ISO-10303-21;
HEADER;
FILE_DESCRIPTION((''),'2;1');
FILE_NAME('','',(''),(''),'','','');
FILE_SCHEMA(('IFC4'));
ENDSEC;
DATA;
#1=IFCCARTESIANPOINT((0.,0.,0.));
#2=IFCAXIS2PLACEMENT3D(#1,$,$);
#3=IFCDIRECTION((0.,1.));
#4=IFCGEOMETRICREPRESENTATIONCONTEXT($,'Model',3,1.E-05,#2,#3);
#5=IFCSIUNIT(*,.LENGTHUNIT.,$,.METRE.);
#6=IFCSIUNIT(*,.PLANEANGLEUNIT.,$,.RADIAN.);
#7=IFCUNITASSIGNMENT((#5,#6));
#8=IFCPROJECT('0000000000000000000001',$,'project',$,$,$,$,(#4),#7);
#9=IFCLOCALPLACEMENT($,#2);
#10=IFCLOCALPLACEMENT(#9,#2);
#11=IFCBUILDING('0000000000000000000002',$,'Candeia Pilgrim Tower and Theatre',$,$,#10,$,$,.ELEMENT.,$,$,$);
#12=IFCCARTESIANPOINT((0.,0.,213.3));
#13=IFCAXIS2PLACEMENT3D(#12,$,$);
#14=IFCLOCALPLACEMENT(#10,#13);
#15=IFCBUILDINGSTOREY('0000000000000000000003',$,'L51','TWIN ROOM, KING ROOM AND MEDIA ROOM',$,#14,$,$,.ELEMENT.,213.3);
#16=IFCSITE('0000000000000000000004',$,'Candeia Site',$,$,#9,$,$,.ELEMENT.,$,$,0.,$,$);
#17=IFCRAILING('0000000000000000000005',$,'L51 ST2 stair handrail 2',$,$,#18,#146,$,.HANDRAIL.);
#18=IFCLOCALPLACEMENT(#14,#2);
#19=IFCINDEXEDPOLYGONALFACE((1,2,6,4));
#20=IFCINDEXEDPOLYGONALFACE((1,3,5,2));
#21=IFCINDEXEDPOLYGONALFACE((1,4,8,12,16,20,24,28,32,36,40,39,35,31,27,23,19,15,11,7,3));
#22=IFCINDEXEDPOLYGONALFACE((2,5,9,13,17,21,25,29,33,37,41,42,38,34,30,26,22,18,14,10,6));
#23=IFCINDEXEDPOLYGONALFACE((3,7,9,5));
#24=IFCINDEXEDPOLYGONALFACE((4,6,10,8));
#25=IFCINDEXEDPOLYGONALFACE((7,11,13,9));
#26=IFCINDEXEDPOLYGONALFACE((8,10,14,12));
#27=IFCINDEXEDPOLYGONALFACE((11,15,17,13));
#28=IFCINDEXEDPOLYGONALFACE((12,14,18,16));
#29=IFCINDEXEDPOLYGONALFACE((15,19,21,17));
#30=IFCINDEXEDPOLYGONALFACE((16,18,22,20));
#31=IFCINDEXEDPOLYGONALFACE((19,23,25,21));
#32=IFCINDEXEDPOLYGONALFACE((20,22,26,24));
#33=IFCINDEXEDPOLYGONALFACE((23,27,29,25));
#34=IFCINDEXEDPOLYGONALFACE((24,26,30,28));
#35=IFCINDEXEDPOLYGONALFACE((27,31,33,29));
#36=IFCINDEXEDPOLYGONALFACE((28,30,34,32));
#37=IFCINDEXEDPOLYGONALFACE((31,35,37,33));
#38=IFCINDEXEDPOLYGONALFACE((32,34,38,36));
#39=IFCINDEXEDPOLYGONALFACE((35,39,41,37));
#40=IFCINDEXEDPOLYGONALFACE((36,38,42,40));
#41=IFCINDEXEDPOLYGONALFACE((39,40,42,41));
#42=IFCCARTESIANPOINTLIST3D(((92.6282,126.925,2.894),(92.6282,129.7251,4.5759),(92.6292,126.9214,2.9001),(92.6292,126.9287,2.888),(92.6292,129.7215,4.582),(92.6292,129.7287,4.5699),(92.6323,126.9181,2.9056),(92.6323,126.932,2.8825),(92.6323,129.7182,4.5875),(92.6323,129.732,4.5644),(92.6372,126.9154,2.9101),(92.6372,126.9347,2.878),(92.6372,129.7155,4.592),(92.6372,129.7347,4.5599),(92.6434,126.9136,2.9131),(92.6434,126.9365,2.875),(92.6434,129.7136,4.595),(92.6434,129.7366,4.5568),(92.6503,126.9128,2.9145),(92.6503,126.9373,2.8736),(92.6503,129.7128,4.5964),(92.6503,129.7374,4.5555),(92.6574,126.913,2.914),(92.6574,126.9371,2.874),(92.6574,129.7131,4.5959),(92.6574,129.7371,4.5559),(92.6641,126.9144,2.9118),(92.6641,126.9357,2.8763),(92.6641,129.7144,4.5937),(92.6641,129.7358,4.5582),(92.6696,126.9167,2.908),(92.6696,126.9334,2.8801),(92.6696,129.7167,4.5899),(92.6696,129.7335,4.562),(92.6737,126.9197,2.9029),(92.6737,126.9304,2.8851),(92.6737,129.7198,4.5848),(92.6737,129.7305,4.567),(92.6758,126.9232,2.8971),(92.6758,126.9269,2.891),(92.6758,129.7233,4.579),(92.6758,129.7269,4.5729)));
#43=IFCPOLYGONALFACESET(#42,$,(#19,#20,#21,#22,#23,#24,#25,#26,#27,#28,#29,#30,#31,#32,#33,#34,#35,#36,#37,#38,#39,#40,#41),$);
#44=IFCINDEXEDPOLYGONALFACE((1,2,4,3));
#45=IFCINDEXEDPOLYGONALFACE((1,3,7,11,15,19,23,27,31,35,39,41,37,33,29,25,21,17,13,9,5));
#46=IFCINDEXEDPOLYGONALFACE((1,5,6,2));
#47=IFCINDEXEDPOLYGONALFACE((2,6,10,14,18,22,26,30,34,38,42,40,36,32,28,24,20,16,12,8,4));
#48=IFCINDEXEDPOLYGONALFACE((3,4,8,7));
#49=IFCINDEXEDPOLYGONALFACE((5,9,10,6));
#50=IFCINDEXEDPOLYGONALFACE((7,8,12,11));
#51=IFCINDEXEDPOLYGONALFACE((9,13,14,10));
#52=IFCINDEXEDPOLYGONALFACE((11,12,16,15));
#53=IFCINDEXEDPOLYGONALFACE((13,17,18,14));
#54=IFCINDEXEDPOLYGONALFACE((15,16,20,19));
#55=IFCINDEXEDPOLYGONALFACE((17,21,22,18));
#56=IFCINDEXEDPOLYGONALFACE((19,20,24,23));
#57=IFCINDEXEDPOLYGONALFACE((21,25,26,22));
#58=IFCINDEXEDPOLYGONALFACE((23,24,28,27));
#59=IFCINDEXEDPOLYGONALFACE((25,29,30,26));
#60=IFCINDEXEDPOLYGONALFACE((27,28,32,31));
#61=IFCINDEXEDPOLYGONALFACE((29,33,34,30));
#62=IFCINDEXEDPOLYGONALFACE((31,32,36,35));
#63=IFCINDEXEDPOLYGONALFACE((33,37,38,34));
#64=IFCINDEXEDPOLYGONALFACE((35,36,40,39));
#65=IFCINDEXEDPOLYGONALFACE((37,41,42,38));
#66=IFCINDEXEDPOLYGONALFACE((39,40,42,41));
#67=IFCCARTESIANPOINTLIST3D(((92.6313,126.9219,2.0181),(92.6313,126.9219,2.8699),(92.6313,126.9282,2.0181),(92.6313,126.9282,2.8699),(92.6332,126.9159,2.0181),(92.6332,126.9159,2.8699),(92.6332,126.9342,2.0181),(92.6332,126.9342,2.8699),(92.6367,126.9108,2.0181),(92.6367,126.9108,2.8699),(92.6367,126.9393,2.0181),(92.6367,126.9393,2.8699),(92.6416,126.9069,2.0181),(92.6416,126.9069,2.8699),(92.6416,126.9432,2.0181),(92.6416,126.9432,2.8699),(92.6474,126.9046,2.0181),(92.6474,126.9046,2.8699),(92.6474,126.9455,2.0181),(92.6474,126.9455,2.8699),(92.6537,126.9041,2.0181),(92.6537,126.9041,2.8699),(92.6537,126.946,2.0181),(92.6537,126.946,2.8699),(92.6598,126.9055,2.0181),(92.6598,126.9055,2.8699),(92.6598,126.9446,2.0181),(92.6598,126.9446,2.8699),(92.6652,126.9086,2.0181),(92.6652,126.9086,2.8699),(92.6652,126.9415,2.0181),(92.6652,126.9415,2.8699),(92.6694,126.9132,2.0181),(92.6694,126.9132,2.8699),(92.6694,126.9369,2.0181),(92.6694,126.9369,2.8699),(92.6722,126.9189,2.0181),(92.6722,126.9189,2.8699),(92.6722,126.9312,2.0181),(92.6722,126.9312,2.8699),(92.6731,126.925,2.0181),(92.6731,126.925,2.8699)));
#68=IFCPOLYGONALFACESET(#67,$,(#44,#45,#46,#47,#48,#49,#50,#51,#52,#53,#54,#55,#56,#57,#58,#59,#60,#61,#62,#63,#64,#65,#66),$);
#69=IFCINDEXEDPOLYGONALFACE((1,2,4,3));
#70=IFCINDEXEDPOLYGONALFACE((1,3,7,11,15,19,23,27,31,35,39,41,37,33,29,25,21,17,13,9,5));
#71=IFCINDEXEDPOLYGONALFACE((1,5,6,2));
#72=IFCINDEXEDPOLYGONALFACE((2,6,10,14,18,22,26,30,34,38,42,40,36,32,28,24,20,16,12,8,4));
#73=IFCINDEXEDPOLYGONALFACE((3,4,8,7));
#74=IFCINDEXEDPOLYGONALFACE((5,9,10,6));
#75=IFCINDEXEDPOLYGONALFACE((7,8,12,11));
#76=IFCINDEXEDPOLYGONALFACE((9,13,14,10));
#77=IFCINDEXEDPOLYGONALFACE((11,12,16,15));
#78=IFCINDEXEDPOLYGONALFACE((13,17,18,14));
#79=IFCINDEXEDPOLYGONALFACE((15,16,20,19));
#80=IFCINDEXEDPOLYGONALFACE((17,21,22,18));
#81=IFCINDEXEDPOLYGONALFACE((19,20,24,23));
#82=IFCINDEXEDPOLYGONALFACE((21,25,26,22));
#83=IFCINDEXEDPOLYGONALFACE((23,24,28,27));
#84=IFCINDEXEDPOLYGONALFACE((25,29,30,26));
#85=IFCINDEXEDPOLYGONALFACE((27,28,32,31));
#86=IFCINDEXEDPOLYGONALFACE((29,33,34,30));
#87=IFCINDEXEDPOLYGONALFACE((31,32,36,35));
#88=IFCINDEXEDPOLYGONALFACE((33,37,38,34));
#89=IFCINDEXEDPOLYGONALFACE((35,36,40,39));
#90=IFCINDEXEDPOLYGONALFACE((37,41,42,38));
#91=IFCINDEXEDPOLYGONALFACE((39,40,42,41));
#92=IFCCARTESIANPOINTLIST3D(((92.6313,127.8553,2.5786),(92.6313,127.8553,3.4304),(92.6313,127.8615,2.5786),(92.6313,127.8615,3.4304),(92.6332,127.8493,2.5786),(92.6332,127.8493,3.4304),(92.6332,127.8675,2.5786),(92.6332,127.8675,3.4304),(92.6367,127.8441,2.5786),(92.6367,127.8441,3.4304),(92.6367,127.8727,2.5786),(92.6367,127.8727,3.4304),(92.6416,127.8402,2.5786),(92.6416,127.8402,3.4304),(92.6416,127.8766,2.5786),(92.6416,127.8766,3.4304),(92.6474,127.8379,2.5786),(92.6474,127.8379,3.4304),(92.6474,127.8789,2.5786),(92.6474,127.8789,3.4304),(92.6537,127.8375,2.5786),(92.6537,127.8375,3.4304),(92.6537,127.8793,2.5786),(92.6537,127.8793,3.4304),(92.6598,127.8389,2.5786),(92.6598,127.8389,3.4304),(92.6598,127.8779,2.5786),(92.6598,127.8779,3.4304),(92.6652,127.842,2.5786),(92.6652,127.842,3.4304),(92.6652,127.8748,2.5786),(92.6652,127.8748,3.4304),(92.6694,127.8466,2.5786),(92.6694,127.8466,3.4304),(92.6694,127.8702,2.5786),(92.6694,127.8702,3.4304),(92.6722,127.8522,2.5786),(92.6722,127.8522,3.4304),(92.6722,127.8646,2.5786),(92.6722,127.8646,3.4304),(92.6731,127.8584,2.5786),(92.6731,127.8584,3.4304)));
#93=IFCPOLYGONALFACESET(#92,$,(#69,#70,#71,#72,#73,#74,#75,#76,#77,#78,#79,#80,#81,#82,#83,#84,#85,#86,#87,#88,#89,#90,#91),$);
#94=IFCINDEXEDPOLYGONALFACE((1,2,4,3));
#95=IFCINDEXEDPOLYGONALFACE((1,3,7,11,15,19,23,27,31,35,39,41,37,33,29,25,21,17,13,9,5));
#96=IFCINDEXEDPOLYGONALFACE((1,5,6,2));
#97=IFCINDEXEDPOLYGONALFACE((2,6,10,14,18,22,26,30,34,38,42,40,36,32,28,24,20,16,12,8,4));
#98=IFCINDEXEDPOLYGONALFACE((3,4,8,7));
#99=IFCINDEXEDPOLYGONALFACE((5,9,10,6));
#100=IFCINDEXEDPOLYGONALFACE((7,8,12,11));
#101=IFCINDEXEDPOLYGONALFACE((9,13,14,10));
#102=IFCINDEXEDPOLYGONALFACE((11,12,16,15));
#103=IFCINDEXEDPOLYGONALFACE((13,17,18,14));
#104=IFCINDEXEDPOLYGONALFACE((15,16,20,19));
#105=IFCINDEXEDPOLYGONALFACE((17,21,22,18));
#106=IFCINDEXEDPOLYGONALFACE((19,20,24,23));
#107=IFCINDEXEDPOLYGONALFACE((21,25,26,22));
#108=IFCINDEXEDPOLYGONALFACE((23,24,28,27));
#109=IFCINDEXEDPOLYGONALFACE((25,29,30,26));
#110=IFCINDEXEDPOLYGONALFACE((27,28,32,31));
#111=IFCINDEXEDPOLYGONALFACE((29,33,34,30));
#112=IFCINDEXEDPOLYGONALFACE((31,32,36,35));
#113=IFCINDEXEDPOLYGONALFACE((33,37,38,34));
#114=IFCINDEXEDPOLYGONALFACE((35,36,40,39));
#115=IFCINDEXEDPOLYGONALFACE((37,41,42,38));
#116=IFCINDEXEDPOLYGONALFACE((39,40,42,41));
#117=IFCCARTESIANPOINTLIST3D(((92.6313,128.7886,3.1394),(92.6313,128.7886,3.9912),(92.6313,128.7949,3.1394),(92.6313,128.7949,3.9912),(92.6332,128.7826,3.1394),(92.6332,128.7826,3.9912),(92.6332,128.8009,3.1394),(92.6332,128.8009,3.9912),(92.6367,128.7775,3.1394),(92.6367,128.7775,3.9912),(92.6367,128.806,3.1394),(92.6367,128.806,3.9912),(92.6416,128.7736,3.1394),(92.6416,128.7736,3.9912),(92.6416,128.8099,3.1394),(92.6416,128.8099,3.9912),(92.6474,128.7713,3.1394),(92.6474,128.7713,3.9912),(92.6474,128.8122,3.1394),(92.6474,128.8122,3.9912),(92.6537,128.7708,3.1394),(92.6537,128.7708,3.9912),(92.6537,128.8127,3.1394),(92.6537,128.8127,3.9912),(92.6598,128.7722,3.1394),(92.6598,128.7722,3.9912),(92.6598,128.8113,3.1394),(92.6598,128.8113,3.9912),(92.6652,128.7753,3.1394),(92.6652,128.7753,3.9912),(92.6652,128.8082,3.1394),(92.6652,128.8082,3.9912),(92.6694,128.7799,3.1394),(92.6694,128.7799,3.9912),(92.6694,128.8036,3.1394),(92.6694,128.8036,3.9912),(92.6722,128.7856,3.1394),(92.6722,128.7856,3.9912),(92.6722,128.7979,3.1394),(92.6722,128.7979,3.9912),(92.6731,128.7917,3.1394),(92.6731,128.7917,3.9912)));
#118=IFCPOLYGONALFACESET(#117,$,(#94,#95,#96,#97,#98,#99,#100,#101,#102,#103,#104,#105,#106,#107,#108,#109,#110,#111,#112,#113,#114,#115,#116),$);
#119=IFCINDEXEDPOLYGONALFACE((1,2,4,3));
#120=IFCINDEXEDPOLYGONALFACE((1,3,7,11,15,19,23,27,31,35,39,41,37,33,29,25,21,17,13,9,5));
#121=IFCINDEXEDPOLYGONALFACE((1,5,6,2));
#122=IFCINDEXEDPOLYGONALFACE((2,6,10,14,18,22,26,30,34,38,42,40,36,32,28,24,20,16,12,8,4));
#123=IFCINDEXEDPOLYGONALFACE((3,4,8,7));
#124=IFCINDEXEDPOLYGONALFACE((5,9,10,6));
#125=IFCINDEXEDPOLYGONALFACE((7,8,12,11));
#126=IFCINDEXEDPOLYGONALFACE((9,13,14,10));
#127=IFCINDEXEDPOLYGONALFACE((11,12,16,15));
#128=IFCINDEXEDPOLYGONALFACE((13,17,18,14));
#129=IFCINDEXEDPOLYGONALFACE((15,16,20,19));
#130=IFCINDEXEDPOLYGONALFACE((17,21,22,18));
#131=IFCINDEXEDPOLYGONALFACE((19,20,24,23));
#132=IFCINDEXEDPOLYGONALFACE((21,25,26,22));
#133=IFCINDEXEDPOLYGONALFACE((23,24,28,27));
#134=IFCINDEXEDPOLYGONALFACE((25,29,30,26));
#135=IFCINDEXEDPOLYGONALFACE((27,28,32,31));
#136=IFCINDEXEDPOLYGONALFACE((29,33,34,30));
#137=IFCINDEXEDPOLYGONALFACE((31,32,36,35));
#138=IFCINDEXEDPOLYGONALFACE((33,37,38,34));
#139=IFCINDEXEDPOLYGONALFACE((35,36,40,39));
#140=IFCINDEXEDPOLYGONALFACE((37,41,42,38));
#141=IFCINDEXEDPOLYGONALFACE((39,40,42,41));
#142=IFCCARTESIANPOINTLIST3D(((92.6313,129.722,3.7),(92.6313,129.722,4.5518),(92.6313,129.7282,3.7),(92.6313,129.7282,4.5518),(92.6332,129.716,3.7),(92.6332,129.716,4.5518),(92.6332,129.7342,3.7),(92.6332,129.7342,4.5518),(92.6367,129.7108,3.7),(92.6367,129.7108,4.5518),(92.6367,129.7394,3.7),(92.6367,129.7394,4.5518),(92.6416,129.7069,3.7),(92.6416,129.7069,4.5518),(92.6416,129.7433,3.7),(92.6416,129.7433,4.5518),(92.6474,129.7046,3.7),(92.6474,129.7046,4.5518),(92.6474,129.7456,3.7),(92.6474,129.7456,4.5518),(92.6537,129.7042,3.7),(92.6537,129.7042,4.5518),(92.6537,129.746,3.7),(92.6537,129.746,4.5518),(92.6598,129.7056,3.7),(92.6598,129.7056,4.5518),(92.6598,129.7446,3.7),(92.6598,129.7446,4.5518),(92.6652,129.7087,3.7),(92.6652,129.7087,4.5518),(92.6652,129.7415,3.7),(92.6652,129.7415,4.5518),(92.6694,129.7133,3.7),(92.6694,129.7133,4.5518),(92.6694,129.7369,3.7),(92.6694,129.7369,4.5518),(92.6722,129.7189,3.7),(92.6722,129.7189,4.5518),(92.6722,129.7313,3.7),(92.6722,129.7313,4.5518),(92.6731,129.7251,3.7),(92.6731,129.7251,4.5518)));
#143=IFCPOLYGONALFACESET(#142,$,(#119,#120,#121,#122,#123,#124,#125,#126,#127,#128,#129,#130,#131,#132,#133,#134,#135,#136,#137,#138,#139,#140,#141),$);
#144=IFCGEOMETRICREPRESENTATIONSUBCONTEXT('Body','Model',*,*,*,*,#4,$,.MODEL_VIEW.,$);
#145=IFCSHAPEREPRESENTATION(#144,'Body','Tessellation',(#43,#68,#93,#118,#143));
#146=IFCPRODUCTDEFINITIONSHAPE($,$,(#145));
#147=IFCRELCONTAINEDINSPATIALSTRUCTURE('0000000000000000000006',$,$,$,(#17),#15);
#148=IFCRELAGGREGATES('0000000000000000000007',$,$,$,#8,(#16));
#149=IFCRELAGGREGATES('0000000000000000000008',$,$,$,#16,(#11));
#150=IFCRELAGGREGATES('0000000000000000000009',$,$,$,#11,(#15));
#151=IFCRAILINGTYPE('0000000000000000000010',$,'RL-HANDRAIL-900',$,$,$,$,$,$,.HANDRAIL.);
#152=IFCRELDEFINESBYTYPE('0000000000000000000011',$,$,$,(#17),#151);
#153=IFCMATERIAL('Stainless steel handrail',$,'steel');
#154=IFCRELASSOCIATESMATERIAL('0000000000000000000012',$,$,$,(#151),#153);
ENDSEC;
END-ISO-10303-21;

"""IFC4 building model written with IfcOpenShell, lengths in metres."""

from ifc_helpers import new_model, si_unit, direction, frame, origin, origin_2d, place, context, subcontext, project, spatial, circle, extrude, material, type_object, element, save


model = new_model("IFC4")

# Units and contexts
model_context = context("Model", 3, precision=1e-05, world=origin(), true_north=direction((0.0, 1.0)))
body_context = subcontext(model_context, "Body", "Model", "MODEL_VIEW")
ifc_project = project(units=[si_unit("LENGTHUNIT", "METRE"), si_unit("PLANEANGLEUNIT", "RADIAN")], contexts=[model_context])

# Site, building, storey
site_placement = place(None, origin())
site = spatial("IfcSite", under=ifc_project, at=site_placement, Name="Candeia Site", CompositionType="ELEMENT", RefElevation=0.0)
building_placement = place(site_placement, origin())
building = spatial("IfcBuilding", under=site, at=building_placement, Name="Candeia Pilgrim Tower and Theatre", CompositionType="ELEMENT")
storey_placement = place(building_placement, frame((0.0, 0.0, 213.3)))
storey = spatial("IfcBuildingStorey", under=building, at=storey_placement, Name="L51", Description="TWIN ROOM, KING ROOM AND MEDIA ROOM", CompositionType="ELEMENT", Elevation=213.3)

# Railing
ifc_material_1 = material(Name="Stainless steel handrail", Category="steel")
railing_type = type_object("IfcRailingType", Name="RL-HANDRAIL-900", PredefinedType="HANDRAIL", material=ifc_material_1)
for number, where, name in (
    (1, (92.6521, 126.925, 2.0181), "L51 ST2 stair handrail 2"),
):
    element("IfcRailing", number, at=place(storey_placement, frame(where)), inside=storey, type_object=railing_type, Name=name, PredefinedType="HANDRAIL", context=body_context, shape_type="SweptSolid", body=[
        extrude(circle(Radius=0.0239, at=origin_2d()), frame((0.0, 0.0, 0.876), z_axis=(0.0, 0.857242, 0.514913), x_axis=(-1.0, 0.0, 0.0)), (0.0, 0.0, 1.0), 3.2664),
        extrude(circle(Radius=0.021, at=origin_2d()), origin(), (0.0, 0.0, 1.0), 0.8518),
        extrude(circle(Radius=0.021, at=origin_2d()), frame((0.0, 0.9333, 0.5605)), (0.0, 0.0, 1.0), 0.8518),
        extrude(circle(Radius=0.021, at=origin_2d()), frame((0.0, 1.8667, 1.1213)), (0.0, 0.0, 1.0), 0.8518),
        extrude(circle(Radius=0.021, at=origin_2d()), frame((0.0, 2.8, 1.6819)), (0.0, 0.0, 1.0), 0.8518),
    ])

save(model, "model.ifc")
